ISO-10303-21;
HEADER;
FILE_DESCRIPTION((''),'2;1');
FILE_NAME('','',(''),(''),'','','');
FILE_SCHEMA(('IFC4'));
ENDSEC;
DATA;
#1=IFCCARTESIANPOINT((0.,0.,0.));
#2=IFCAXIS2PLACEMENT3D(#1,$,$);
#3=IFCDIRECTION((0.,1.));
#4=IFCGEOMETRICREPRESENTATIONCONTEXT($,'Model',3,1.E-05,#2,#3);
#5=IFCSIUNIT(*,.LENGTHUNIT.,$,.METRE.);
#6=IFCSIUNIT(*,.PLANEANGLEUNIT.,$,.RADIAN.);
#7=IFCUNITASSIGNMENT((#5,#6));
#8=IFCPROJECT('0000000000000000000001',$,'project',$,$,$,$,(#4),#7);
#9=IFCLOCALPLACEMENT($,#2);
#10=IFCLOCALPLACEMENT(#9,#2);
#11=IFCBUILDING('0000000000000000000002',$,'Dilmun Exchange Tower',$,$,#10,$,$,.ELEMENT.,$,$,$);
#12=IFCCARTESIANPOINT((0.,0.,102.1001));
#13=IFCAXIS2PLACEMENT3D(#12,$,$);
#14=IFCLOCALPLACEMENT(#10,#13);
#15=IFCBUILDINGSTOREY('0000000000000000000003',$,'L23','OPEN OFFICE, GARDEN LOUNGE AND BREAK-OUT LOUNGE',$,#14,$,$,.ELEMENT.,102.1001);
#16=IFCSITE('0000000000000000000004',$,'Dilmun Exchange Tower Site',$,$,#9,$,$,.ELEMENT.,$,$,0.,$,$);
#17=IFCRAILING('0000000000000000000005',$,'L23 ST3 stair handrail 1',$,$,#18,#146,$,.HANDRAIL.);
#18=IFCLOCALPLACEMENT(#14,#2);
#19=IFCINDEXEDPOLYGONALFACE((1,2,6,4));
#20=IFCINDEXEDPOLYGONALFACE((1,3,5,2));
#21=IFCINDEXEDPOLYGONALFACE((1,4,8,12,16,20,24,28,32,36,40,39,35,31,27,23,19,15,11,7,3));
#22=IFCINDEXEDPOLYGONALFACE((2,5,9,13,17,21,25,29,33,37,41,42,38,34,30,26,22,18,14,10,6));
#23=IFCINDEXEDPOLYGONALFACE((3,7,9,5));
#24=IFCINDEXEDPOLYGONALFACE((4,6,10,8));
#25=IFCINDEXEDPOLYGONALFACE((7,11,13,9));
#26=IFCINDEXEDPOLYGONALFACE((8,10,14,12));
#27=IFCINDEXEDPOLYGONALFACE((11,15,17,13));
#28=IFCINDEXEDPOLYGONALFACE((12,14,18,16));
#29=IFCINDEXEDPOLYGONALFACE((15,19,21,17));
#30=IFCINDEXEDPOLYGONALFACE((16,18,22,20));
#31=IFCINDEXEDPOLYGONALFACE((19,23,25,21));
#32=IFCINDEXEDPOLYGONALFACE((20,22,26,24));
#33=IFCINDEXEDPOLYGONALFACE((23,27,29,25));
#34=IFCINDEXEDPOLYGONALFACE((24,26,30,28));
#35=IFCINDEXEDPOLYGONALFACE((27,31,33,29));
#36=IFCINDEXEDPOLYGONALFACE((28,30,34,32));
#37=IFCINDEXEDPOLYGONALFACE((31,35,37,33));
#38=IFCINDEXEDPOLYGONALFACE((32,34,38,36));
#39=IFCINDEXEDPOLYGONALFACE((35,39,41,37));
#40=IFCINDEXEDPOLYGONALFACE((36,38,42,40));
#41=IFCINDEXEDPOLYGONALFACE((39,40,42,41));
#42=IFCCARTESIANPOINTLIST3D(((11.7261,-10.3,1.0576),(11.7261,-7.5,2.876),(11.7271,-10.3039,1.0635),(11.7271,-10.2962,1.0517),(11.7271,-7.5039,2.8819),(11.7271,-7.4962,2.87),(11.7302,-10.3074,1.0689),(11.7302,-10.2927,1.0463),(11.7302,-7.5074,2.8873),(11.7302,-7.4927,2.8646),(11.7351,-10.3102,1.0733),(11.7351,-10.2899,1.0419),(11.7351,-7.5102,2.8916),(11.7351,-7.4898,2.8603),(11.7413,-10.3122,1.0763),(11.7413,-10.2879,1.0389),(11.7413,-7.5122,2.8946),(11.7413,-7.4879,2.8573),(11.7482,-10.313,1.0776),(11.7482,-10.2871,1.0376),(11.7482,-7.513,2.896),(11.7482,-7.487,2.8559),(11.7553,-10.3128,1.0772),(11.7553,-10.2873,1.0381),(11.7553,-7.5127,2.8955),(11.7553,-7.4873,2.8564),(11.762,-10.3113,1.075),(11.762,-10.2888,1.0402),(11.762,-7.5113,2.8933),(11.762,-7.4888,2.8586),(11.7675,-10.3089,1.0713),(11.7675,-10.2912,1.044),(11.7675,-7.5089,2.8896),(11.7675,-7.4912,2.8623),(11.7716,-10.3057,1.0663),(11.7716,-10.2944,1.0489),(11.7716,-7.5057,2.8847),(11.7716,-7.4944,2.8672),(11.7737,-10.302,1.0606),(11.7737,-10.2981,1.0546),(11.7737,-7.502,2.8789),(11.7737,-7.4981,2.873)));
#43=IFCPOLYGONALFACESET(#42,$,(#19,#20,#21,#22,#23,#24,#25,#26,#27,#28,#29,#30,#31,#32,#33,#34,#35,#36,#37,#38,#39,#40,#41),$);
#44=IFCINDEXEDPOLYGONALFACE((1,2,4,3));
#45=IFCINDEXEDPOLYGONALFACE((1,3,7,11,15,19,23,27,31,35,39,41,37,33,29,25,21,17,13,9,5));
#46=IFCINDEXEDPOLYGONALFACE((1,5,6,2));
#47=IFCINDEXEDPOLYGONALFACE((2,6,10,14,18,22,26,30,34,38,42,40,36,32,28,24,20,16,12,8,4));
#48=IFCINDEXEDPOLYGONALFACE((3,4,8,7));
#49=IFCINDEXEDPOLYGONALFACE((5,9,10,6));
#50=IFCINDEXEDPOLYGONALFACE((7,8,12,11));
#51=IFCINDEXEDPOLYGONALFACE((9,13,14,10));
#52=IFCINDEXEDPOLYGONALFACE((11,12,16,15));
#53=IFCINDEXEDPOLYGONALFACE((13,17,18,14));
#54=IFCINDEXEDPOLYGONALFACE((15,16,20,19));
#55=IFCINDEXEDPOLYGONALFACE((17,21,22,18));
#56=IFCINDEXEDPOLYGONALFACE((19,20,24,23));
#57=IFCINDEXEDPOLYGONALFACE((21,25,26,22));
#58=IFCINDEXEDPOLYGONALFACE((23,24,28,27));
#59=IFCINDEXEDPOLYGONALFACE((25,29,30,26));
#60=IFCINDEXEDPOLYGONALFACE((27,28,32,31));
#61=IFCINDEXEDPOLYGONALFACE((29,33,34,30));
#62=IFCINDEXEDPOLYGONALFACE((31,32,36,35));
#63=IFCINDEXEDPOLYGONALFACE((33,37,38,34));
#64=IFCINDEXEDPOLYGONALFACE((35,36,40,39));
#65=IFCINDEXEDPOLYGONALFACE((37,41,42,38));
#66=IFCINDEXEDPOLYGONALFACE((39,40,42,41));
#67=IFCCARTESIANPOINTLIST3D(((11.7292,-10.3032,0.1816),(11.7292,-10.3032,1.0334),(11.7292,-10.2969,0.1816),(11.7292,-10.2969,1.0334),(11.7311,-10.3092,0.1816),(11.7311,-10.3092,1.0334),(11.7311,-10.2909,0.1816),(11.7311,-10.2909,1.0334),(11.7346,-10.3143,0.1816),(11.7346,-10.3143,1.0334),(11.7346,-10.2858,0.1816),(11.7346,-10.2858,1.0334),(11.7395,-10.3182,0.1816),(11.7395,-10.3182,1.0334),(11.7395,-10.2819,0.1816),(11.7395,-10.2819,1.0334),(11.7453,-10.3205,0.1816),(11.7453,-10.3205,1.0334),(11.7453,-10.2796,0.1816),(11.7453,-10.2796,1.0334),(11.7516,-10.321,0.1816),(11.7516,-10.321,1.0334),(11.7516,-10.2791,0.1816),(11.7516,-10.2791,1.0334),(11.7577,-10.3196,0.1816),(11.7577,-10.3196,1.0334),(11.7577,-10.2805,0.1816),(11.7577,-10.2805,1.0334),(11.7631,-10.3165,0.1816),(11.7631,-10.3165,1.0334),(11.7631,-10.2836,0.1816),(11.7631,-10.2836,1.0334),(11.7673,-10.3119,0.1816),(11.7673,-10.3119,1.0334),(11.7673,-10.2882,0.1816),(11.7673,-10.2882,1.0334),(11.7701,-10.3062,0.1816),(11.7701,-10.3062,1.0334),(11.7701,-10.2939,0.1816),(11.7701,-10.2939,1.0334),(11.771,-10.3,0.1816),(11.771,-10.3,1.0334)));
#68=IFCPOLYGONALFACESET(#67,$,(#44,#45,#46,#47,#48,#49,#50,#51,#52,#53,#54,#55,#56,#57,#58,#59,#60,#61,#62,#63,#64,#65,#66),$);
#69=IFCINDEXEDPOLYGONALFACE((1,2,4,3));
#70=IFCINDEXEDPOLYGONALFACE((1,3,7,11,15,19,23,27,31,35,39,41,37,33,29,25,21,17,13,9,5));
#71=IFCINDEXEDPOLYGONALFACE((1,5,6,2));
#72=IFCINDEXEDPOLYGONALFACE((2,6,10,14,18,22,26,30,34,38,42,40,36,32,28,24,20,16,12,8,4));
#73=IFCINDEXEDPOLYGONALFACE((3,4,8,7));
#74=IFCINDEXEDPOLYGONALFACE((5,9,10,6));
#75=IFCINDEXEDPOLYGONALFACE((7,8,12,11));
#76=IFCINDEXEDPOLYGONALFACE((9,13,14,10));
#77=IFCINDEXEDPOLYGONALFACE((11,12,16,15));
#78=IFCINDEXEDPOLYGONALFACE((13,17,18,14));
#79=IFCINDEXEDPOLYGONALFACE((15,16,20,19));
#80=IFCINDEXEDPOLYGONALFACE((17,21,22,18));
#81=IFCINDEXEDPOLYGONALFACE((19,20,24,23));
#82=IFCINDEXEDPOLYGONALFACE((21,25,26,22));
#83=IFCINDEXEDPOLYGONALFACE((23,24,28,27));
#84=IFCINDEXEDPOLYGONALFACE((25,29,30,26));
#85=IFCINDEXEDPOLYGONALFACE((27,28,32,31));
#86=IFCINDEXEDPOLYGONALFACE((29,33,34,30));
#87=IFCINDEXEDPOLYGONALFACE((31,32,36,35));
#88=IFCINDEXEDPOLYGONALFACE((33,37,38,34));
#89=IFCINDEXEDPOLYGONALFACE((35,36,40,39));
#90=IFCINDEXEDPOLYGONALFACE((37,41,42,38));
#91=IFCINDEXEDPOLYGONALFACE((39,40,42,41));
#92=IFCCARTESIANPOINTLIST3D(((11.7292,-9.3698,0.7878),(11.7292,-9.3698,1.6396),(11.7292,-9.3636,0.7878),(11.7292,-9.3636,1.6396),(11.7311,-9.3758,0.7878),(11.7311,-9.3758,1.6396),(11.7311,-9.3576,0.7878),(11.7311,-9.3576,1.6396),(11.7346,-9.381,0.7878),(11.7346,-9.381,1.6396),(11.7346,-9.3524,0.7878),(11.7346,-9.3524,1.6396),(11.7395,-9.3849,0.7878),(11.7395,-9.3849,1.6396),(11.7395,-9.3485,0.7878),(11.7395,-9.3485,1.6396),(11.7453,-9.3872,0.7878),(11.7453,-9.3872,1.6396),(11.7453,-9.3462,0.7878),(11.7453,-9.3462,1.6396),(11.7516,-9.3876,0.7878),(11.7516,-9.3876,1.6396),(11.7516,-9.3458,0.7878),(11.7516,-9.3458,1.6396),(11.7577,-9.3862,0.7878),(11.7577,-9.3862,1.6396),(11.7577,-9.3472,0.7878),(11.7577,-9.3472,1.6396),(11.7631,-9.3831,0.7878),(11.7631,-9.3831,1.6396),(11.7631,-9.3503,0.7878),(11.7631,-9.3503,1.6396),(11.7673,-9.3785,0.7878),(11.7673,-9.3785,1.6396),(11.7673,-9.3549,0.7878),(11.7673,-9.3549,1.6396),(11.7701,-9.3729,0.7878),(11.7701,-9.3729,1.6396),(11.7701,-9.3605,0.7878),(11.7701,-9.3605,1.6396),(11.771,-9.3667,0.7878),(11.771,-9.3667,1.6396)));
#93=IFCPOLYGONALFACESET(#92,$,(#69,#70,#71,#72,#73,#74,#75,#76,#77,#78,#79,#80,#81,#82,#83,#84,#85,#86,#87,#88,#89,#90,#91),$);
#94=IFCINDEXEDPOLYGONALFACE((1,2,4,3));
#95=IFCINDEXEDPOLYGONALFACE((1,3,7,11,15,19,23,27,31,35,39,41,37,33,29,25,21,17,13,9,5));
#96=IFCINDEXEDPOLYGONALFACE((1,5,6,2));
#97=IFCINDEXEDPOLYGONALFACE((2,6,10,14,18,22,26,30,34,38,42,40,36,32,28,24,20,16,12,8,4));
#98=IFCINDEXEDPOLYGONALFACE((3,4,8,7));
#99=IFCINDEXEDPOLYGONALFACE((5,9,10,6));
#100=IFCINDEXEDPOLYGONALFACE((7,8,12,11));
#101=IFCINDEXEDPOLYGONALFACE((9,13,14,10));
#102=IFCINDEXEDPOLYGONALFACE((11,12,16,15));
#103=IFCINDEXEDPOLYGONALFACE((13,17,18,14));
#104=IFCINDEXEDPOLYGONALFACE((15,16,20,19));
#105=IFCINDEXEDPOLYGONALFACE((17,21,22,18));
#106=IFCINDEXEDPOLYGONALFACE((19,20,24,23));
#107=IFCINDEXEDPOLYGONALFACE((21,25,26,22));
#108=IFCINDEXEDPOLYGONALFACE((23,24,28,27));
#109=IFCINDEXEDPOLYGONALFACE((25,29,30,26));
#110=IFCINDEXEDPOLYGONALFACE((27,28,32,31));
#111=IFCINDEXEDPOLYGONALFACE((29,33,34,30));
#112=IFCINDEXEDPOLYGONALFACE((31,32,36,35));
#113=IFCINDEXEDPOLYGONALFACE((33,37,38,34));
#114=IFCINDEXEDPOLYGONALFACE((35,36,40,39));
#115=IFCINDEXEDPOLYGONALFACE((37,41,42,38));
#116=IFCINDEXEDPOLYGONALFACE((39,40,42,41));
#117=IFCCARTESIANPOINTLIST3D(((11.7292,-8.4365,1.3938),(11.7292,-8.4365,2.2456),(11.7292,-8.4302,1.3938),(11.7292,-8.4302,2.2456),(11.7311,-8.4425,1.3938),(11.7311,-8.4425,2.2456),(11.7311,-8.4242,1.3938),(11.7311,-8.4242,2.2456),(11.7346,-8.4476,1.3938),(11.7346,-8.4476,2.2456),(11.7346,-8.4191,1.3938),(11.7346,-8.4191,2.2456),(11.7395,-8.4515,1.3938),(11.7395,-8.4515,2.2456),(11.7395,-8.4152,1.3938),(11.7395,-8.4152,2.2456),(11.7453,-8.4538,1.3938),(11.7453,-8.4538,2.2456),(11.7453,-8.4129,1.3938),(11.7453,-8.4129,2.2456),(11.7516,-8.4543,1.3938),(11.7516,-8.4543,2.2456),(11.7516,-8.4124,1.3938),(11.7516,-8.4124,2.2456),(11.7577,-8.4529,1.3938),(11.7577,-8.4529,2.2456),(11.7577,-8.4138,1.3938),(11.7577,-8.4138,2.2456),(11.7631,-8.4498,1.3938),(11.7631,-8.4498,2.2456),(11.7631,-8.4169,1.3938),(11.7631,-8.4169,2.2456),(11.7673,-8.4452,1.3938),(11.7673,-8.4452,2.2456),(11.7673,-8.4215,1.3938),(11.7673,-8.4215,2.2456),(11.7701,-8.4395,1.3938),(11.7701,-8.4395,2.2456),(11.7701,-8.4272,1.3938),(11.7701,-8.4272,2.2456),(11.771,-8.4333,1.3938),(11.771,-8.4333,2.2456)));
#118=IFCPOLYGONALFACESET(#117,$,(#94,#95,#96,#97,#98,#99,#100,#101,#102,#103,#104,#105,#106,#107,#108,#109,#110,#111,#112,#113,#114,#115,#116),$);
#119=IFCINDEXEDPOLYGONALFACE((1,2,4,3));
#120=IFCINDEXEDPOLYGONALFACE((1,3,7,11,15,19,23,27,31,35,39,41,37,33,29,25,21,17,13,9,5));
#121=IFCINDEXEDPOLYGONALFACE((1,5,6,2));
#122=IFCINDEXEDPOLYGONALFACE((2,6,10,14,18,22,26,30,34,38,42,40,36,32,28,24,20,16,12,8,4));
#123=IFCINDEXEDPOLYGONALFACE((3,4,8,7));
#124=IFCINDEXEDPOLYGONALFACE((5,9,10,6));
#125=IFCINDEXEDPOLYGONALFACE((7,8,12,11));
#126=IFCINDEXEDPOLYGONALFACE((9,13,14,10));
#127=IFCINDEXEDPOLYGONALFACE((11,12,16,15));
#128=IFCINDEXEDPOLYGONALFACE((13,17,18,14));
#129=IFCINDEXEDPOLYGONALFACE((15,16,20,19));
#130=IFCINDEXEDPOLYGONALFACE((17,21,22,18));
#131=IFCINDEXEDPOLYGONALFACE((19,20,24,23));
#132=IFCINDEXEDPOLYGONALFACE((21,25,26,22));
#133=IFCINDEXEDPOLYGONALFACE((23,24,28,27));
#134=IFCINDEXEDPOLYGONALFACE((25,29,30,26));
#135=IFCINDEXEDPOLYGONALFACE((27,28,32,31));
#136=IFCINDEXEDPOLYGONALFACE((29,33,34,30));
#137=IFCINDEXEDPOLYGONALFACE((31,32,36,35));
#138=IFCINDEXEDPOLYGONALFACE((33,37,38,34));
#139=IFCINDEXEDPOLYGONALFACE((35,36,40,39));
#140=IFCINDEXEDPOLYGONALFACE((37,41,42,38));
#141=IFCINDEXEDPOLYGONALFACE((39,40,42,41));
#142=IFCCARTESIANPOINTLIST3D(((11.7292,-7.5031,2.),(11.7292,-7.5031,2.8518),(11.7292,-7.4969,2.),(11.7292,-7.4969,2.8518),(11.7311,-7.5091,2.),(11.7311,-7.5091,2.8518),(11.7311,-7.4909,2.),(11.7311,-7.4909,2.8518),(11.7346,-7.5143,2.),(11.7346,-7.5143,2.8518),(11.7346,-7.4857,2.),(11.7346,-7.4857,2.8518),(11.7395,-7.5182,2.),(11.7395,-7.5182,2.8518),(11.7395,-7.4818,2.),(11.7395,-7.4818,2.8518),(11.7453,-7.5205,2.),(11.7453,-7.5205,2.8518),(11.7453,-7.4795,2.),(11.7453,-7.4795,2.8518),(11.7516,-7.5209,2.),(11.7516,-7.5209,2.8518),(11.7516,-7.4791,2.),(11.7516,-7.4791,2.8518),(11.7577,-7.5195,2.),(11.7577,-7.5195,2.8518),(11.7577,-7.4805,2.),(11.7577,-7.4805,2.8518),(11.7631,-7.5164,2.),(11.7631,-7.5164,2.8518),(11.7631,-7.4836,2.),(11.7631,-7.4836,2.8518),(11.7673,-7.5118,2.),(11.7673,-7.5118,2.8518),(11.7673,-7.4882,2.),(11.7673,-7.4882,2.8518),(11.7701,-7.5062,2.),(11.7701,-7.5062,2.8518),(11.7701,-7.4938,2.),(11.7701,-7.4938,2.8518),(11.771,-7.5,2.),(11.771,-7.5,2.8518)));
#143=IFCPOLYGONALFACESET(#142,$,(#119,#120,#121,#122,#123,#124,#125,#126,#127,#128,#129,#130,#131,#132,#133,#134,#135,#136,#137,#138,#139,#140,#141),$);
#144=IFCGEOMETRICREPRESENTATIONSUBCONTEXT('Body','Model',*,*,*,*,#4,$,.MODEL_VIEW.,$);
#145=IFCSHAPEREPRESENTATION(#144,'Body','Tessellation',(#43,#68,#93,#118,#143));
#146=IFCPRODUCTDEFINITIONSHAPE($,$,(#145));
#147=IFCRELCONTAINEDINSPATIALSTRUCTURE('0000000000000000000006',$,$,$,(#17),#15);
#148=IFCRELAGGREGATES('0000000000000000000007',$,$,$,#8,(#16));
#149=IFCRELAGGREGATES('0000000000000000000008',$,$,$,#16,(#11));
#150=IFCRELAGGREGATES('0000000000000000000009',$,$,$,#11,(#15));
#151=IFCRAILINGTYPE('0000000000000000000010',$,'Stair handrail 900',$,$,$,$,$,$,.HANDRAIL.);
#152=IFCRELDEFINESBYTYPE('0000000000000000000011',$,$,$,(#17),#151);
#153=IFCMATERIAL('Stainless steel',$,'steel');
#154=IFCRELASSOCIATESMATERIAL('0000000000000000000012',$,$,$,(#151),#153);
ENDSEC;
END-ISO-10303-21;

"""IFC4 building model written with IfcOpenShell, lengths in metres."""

from ifc_helpers import new_model, si_unit, direction, frame, origin, origin_2d, place, context, subcontext, project, spatial, circle, extrude, material, type_object, element, save


model = new_model("IFC4")

# Units and contexts
model_context = context("Model", 3, precision=1e-05, world=origin(), true_north=direction((0.0, 1.0)))
body_context = subcontext(model_context, "Body", "Model", "MODEL_VIEW")
ifc_project = project(units=[si_unit("LENGTHUNIT", "METRE"), si_unit("PLANEANGLEUNIT", "RADIAN")], contexts=[model_context])

# Site, building, storey
site_placement = place(None, origin())
site = spatial("IfcSite", under=ifc_project, at=site_placement, Name="Dilmun Exchange Tower Site", CompositionType="ELEMENT", RefElevation=0.0)
building_placement = place(site_placement, origin())
building = spatial("IfcBuilding", under=site, at=building_placement, Name="Dilmun Exchange Tower", CompositionType="ELEMENT")
storey_placement = place(building_placement, frame((0.0, 0.0, 102.1001)))
storey = spatial("IfcBuildingStorey", under=building, at=storey_placement, Name="L23", Description="OPEN OFFICE, GARDEN LOUNGE AND BREAK-OUT LOUNGE", CompositionType="ELEMENT", Elevation=102.1001)

# Railing
ifc_material_1 = material(Name="Stainless steel", Category="steel")
railing_type = type_object("IfcRailingType", Name="Stair handrail 900", PredefinedType="HANDRAIL", material=ifc_material_1)
railing_placement = place(storey_placement, frame((11.75, -10.3, 0.1816)))
element("IfcRailing", 1, at=railing_placement, inside=storey, type_object=railing_type, Name="L23 ST3 stair handrail 1", PredefinedType="HANDRAIL", context=body_context, shape_type="SweptSolid", body=[
    extrude(circle(Radius=0.0239, at=origin_2d()), frame((0.0, 0.0, 0.876), z_axis=(0.0, 0.838672, 0.544636), x_axis=(-1.0, 0.0, 0.0)), (0.0, 0.0, 1.0), 3.3386),
    extrude(circle(Radius=0.021, at=origin_2d()), origin(), (0.0, 0.0, 1.0), 0.8518),
    extrude(circle(Radius=0.021, at=origin_2d()), frame((0.0, 0.9333, 0.6062)), (0.0, 0.0, 1.0), 0.8518),
    extrude(circle(Radius=0.021, at=origin_2d()), frame((0.0, 1.8667, 1.2122)), (0.0, 0.0, 1.0), 0.8518),
    extrude(circle(Radius=0.021, at=origin_2d()), frame((0.0, 2.8, 1.8184)), (0.0, 0.0, 1.0), 0.8518),
])

save(model, "model.ifc")
